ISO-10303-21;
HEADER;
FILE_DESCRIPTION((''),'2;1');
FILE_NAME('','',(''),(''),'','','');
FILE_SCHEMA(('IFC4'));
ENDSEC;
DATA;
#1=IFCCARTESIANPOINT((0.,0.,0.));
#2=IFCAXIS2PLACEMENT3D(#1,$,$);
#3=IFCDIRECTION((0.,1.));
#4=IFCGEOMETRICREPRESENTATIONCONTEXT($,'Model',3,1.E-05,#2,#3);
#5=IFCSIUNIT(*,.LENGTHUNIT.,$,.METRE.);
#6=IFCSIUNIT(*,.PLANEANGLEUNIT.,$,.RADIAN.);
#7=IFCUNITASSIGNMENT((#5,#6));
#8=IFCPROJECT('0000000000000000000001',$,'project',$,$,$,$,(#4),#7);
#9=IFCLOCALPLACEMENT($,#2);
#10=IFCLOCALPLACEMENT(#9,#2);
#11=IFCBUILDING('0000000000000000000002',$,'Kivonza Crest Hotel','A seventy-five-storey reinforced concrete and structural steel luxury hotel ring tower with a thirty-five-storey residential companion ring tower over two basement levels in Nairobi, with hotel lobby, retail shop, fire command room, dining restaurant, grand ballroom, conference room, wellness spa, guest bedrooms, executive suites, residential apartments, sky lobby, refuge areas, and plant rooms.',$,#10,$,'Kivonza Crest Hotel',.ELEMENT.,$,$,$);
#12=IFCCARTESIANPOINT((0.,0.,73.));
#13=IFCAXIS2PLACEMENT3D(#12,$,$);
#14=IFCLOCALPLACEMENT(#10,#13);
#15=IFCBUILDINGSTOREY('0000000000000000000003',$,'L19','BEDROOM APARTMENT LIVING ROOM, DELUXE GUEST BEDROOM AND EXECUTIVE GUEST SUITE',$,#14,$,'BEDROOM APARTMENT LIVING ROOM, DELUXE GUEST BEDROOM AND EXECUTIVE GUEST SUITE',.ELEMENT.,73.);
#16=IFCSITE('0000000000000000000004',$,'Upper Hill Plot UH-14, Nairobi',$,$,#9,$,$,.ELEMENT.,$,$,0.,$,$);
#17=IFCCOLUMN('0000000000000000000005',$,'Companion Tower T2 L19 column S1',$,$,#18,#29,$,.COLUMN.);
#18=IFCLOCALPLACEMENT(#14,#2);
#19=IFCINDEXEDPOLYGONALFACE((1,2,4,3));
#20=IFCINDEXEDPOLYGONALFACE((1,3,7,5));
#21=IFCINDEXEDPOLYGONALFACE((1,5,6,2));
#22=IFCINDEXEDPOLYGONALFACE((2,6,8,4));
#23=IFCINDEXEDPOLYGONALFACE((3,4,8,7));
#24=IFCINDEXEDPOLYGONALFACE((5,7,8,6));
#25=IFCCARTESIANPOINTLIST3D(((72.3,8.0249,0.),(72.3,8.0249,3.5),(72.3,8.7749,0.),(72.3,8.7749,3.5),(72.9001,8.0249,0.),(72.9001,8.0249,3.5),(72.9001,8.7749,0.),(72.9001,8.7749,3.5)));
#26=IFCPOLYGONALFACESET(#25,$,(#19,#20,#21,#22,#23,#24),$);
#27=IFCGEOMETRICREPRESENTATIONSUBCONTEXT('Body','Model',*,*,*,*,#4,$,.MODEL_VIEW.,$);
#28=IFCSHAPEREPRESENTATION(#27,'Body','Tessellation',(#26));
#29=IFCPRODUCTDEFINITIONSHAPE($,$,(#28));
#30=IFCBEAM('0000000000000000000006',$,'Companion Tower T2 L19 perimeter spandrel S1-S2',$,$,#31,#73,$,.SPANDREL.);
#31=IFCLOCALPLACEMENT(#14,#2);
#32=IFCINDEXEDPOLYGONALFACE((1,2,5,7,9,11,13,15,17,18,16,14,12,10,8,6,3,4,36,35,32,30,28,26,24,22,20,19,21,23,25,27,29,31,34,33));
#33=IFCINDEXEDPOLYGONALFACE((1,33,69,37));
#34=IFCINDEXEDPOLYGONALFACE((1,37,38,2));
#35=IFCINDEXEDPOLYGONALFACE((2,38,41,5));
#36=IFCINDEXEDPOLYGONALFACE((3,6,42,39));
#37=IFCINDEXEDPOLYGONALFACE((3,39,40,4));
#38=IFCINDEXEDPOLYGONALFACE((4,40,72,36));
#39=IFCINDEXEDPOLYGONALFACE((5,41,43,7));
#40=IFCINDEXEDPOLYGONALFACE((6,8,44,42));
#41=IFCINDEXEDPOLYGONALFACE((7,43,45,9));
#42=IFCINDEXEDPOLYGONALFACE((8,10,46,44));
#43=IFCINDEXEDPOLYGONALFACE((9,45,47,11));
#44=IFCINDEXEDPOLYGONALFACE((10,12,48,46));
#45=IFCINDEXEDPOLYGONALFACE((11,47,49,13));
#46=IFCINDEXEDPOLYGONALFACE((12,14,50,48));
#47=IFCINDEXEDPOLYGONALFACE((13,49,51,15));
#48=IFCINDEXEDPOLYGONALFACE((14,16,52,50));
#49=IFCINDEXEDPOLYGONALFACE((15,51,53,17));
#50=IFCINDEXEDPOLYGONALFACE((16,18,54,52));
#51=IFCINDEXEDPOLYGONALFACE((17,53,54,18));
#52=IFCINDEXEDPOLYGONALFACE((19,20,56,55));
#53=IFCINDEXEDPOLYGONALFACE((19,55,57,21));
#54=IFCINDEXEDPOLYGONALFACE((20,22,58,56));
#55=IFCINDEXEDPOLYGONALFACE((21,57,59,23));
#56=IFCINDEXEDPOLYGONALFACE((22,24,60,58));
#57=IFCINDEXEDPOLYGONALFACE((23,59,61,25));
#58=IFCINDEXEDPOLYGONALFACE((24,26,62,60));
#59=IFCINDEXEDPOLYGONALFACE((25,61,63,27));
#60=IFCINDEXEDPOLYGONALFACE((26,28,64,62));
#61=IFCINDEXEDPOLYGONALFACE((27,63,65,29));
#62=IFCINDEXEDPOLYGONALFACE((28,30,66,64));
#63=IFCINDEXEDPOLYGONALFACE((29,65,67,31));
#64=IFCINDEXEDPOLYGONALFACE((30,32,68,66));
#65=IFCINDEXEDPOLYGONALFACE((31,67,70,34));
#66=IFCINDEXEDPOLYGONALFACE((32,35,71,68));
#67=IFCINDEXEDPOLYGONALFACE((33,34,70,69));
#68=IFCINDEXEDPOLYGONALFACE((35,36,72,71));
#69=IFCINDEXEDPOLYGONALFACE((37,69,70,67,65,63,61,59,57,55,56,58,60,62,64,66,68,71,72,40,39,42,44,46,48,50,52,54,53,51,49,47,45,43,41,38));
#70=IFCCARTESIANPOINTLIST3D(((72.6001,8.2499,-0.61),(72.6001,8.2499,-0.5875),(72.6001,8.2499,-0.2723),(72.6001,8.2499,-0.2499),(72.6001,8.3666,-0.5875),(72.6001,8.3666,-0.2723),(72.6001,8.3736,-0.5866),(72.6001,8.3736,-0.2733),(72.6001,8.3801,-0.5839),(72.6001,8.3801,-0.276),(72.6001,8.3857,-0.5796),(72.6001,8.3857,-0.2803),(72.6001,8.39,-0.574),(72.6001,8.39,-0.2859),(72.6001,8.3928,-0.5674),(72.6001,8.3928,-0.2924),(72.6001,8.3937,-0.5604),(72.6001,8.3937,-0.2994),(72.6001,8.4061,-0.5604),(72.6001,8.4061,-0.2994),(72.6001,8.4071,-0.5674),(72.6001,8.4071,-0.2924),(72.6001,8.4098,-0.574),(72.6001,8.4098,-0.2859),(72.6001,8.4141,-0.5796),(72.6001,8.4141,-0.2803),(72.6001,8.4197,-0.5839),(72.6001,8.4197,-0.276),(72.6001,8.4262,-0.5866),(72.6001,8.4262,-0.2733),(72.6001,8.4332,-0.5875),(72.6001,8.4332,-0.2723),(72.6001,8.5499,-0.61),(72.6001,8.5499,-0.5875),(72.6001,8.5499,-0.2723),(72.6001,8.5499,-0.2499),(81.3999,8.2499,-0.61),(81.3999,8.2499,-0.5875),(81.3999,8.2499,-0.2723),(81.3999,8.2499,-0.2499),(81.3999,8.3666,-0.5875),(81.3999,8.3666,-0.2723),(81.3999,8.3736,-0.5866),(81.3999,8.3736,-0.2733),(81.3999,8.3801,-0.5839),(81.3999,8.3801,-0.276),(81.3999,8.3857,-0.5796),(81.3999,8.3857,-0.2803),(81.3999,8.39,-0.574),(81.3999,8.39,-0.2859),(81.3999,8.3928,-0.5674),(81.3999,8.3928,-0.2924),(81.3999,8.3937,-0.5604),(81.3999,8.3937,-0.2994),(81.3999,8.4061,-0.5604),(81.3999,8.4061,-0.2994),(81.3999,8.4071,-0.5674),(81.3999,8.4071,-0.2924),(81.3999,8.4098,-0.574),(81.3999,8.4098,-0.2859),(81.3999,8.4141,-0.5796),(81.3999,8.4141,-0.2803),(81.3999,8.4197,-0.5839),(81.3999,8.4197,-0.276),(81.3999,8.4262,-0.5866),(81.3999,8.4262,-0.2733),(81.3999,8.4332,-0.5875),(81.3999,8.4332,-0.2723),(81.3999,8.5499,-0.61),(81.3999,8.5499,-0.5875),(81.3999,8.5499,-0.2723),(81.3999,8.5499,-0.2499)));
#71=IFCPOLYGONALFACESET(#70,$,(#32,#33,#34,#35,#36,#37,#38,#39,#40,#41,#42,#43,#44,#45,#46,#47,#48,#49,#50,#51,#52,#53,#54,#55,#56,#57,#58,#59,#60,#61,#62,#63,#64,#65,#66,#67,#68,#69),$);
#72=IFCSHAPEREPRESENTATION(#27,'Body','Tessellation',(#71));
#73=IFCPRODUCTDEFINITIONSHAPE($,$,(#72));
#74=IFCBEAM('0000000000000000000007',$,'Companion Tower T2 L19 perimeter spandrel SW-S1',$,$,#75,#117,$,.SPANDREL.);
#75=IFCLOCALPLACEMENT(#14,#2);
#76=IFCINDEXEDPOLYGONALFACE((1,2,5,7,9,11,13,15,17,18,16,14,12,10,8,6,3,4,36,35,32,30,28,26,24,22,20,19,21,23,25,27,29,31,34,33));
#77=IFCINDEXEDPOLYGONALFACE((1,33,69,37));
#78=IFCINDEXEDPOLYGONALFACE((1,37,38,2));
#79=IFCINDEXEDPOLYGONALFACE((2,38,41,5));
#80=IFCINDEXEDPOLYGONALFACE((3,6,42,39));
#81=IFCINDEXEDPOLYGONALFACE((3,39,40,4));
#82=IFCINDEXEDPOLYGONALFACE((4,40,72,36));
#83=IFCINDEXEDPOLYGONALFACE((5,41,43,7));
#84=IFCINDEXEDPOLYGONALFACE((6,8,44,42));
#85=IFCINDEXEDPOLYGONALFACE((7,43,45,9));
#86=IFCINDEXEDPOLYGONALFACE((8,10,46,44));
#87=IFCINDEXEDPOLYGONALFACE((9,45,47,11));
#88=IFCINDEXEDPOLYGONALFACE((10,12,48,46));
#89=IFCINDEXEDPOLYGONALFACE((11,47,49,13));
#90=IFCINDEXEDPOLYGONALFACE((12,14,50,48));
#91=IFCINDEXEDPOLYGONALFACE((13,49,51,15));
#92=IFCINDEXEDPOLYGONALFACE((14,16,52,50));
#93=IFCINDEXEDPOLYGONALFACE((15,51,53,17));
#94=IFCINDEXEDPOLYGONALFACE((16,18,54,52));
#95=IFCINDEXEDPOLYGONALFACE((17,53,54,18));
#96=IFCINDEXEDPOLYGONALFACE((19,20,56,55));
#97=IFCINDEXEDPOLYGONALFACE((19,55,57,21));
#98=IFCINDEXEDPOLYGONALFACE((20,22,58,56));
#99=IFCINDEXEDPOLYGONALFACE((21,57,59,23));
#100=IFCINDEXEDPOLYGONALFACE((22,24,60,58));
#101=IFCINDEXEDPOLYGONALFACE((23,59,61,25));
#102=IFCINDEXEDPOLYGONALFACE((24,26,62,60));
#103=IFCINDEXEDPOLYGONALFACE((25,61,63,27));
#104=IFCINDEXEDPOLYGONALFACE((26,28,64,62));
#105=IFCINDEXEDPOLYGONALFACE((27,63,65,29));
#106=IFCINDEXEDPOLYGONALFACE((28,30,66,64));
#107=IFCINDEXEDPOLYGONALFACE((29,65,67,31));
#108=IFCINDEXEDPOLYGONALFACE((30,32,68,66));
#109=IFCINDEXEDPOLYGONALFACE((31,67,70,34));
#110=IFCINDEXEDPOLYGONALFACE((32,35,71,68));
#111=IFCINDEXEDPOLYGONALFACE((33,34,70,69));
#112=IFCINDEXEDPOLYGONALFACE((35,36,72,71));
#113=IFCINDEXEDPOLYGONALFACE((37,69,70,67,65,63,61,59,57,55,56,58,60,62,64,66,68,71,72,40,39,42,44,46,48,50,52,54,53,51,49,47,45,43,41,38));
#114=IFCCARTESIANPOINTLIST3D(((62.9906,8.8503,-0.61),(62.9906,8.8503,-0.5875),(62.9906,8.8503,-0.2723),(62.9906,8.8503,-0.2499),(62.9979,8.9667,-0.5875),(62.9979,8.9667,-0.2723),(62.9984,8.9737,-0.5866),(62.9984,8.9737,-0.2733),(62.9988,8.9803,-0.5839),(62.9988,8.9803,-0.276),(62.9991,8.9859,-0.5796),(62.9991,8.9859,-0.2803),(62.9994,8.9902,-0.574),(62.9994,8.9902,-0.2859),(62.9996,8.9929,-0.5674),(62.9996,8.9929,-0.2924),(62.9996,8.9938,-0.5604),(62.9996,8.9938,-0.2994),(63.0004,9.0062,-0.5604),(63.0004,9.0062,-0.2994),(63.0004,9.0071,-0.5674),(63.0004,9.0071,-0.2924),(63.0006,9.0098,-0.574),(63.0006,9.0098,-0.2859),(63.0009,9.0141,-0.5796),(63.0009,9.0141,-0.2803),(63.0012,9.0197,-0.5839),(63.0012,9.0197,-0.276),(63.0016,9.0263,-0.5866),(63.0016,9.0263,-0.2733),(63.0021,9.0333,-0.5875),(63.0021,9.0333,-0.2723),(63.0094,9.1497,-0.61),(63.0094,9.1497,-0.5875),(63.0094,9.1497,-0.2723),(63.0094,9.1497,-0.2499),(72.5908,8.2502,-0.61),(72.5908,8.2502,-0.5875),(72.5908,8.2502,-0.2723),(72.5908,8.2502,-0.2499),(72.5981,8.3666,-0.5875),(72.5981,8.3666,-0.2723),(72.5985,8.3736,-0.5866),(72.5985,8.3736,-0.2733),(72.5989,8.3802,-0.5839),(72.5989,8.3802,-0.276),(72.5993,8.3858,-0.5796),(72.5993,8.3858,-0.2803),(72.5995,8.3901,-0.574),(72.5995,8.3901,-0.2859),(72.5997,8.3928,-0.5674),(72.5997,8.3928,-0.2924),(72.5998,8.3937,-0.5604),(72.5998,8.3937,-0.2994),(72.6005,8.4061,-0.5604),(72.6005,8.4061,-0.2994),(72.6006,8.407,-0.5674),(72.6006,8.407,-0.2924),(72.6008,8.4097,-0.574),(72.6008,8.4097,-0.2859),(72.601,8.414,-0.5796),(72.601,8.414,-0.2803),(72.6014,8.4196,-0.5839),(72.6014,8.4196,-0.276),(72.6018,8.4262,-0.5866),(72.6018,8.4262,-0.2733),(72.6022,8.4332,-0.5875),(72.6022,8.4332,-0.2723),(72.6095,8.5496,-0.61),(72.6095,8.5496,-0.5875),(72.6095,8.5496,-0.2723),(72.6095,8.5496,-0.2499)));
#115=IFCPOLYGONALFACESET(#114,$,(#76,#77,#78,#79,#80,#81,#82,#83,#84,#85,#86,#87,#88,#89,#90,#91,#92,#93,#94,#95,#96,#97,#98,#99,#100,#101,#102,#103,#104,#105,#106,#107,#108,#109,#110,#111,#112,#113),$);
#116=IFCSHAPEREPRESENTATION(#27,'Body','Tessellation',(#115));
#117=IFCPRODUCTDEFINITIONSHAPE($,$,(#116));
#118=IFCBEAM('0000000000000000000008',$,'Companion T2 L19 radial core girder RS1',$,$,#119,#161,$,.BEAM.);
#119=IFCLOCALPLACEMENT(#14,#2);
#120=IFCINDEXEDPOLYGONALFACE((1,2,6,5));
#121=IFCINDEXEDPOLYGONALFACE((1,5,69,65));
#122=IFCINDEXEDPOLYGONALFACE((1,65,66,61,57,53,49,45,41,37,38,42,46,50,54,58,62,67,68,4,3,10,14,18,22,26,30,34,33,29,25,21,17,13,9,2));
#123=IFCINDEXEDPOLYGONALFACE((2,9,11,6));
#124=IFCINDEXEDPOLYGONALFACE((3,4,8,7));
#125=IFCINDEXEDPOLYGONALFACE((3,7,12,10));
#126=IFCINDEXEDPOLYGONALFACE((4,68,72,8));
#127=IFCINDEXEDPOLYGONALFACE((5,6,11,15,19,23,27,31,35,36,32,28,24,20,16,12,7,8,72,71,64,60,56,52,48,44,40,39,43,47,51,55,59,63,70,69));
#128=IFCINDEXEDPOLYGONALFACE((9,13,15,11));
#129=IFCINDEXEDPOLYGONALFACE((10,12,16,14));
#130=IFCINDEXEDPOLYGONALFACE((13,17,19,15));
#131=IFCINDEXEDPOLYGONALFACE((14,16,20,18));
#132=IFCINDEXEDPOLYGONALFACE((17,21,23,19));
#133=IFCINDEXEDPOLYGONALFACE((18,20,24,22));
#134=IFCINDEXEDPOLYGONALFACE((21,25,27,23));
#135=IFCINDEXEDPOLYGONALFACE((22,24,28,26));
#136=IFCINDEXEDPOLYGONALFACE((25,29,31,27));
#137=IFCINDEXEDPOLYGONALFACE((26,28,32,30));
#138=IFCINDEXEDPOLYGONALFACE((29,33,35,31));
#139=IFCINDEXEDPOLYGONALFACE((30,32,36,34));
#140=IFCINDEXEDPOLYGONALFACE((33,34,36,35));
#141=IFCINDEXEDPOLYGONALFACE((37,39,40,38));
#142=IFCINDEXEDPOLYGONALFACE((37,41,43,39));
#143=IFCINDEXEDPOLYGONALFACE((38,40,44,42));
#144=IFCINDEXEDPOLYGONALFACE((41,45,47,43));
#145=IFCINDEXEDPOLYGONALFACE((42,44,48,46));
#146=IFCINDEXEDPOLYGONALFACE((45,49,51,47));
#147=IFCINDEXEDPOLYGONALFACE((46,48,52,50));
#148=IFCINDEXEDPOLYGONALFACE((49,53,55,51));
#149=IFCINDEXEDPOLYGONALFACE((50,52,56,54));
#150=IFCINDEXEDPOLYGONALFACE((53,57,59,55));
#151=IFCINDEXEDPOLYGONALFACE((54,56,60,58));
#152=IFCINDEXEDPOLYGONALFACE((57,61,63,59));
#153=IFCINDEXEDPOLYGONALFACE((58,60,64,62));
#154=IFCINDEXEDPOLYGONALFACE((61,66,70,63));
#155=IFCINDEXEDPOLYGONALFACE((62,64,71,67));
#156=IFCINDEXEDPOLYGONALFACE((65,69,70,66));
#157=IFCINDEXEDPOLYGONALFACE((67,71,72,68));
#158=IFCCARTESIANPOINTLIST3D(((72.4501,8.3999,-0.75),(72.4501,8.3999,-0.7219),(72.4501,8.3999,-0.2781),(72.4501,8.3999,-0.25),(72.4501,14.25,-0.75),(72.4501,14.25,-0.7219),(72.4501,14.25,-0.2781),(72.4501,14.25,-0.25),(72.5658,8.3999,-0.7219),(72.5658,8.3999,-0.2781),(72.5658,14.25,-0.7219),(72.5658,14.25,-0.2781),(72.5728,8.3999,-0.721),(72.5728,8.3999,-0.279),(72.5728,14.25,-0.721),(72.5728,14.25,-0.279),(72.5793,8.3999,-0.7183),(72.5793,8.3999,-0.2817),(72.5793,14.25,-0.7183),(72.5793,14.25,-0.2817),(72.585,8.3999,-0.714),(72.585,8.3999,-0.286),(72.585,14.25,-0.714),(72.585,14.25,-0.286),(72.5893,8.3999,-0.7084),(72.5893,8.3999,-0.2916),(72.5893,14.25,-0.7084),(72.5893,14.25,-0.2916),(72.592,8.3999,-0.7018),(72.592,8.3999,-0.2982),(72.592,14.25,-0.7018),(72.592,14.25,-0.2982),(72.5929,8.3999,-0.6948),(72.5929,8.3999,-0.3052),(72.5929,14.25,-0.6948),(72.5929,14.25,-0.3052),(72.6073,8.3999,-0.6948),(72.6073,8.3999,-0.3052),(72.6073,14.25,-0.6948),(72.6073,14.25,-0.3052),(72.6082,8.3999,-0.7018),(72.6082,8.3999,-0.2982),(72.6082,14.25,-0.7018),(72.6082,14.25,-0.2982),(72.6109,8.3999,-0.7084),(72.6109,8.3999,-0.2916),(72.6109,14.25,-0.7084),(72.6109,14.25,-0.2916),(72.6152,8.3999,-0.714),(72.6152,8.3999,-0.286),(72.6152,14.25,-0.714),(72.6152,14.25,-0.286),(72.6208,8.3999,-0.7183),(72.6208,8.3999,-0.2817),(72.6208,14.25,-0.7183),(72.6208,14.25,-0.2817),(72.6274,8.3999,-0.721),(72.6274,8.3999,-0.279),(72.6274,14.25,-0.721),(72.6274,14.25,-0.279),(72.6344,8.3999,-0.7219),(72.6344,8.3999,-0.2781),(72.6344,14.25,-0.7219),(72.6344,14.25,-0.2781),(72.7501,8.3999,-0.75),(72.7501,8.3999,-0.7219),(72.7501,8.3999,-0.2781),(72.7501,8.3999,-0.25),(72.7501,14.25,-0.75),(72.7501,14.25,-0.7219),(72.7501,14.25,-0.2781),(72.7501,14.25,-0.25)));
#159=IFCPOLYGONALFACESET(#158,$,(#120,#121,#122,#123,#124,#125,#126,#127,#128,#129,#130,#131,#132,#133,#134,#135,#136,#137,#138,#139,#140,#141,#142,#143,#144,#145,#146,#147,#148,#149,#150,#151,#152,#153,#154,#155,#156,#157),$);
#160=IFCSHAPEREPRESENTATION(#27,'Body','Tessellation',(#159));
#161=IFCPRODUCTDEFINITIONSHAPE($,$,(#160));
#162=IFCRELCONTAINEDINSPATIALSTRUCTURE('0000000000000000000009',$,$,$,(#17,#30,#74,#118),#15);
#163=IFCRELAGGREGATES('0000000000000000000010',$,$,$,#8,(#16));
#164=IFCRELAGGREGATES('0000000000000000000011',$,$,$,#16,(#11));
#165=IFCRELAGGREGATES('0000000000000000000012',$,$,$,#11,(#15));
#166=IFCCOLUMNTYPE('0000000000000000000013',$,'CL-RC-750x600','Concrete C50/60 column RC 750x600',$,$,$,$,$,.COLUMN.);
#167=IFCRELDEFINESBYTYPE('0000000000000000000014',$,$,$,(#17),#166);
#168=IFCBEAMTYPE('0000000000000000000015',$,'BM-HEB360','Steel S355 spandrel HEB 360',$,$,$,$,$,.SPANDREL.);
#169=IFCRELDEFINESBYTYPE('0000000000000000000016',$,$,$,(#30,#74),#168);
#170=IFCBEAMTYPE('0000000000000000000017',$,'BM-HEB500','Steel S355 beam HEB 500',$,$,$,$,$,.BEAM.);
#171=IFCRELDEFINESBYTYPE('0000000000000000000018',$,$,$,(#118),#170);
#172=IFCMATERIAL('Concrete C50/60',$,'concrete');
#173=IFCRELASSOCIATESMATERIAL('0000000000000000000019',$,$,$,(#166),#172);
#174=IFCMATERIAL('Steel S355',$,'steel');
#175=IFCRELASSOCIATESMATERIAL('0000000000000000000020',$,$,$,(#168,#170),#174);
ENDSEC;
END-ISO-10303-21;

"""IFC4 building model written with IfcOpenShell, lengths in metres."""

from ifc_helpers import new_model, si_unit, direction, frame, origin, origin_2d, place, context, subcontext, project, spatial, rectangle, i_section, extrude, material, material_profile, profile_set, type_object, element, save


model = new_model("IFC4")

# Units and contexts
model_context = context("Model", 3, precision=1e-05, world=origin(), true_north=direction((0.0, 1.0)))
body_context = subcontext(model_context, "Body", "Model", "MODEL_VIEW")
ifc_project = project(units=[si_unit("LENGTHUNIT", "METRE"), si_unit("PLANEANGLEUNIT", "RADIAN")], contexts=[model_context])

# Site, building, storey
site_placement = place(None, origin())
site = spatial("IfcSite", under=ifc_project, at=site_placement, Name="Upper Hill Plot UH-14, Nairobi", CompositionType="ELEMENT", RefElevation=0.0)
building_placement = place(site_placement, origin())
building = spatial("IfcBuilding", under=site, at=building_placement, Name="Kivonza Crest Hotel", Description="A seventy-five-storey reinforced concrete and structural steel luxury hotel ring tower with a thirty-five-storey residential companion ring tower over two basement levels in Nairobi, with hotel lobby, retail shop, fire command room, dining restaurant, grand ballroom, conference room, wellness spa, guest bedrooms, executive suites, residential apartments, sky lobby, refuge areas, and plant rooms.", LongName="Kivonza Crest Hotel", CompositionType="ELEMENT")
storey_placement = place(building_placement, frame((0.0, 0.0, 73.0)))
storey = spatial("IfcBuildingStorey", under=building, at=storey_placement, Name="L19", Description="BEDROOM APARTMENT LIVING ROOM, DELUXE GUEST BEDROOM AND EXECUTIVE GUEST SUITE", LongName="BEDROOM APARTMENT LIVING ROOM, DELUXE GUEST BEDROOM AND EXECUTIVE GUEST SUITE", CompositionType="ELEMENT", Elevation=73.0)

# Column
ifc_material_1 = material(Name="Concrete C50/60", Category="concrete")
ifc_material_profile_1 = material_profile(ifc_material_1, rectangle(XDim=0.6001, YDim=0.75, at=origin_2d()), Name="RC 750x600")
ifc_profile_set_1 = profile_set([ifc_material_profile_1], Name="Concrete C50/60")
column_type = type_object("IfcColumnType", Name="CL-RC-750x600", Description="Concrete C50/60 column RC 750x600", PredefinedType="COLUMN", material=ifc_profile_set_1)
column_placement = place(storey_placement, frame((72.6001, 8.3999, 0.0), z_axis=(0.0, 0.0, 1.0), x_axis=(1.0, 0.0, 0.0)))
element("IfcColumn", 1, at=column_placement, inside=storey, type_object=column_type, Name="Companion Tower T2 L19 column S1", PredefinedType="COLUMN", context=body_context, shape_type="SweptSolid", body=[
    extrude(rectangle(XDim=0.6001, YDim=0.75, at=origin_2d()), origin(), (0.0, 0.0, 1.0), 3.5),
])

# Beams
ifc_material_2 = material(Name="Steel S355", Category="steel")
ifc_material_profile_2 = material_profile(ifc_material_2, i_section(OverallWidth=0.3, OverallDepth=0.3601, WebThickness=0.0125, FlangeThickness=0.0225, FilletRadius=0.0271, at=origin_2d()), Name="HEB 360")
ifc_profile_set_2 = profile_set([ifc_material_profile_2], Name="Steel S355")
beam_type_1 = type_object("IfcBeamType", Name="BM-HEB360", Description="Steel S355 spandrel HEB 360", PredefinedType="SPANDREL", material=ifc_profile_set_2)
beam_1_placement = place(storey_placement, frame((72.6001, 8.3999, -0.4299), z_axis=(1.0, 0.0, 0.0), x_axis=(0.0, 1.0, 0.0)))
element("IfcBeam", 2, at=beam_1_placement, inside=storey, type_object=beam_type_1, Name="Companion Tower T2 L19 perimeter spandrel S1-S2", PredefinedType="SPANDREL", context=body_context, shape_type="SweptSolid", body=[
    extrude(i_section(OverallWidth=0.3, OverallDepth=0.3601, WebThickness=0.0125, FlangeThickness=0.0225, FilletRadius=0.0271, at=origin_2d()), origin(), (0.0, 0.0, 1.0), 8.7998),
])
beam_2_placement = place(storey_placement, frame((63.0, 9.0, -0.4299), z_axis=(0.998052, -0.062388, 0.0), x_axis=(0.062388, 0.998052, 0.0)))
element("IfcBeam", 3, at=beam_2_placement, inside=storey, type_object=beam_type_1, Name="Companion Tower T2 L19 perimeter spandrel SW-S1", PredefinedType="SPANDREL", context=body_context, shape_type="SweptSolid", body=[
    extrude(i_section(OverallWidth=0.3, OverallDepth=0.3601, WebThickness=0.0125, FlangeThickness=0.0225, FilletRadius=0.0271, at=origin_2d()), origin(), (0.0, 0.0, 1.0), 9.6189),
])
ifc_material_profile_3 = material_profile(ifc_material_2, i_section(OverallWidth=0.3, OverallDepth=0.5, WebThickness=0.0144, FlangeThickness=0.0281, FilletRadius=0.0271, at=origin_2d()), Name="HEB 500")
ifc_profile_set_3 = profile_set([ifc_material_profile_3], Name="Steel S355")
beam_type_2 = type_object("IfcBeamType", Name="BM-HEB500", Description="Steel S355 beam HEB 500", PredefinedType="BEAM", material=ifc_profile_set_3)
beam_3_placement = place(storey_placement, frame((72.6001, 8.3999, -0.5), z_axis=(0.0, 1.0, 0.0), x_axis=(-1.0, 0.0, 0.0)))
element("IfcBeam", 4, at=beam_3_placement, inside=storey, type_object=beam_type_2, Name="Companion T2 L19 radial core girder RS1", PredefinedType="BEAM", context=body_context, shape_type="SweptSolid", body=[
    extrude(i_section(OverallWidth=0.3, OverallDepth=0.5, WebThickness=0.0144, FlangeThickness=0.0281, FilletRadius=0.0271, at=origin_2d()), origin(), (0.0, 0.0, 1.0), 5.8501),
])

save(model, "model.ifc")
